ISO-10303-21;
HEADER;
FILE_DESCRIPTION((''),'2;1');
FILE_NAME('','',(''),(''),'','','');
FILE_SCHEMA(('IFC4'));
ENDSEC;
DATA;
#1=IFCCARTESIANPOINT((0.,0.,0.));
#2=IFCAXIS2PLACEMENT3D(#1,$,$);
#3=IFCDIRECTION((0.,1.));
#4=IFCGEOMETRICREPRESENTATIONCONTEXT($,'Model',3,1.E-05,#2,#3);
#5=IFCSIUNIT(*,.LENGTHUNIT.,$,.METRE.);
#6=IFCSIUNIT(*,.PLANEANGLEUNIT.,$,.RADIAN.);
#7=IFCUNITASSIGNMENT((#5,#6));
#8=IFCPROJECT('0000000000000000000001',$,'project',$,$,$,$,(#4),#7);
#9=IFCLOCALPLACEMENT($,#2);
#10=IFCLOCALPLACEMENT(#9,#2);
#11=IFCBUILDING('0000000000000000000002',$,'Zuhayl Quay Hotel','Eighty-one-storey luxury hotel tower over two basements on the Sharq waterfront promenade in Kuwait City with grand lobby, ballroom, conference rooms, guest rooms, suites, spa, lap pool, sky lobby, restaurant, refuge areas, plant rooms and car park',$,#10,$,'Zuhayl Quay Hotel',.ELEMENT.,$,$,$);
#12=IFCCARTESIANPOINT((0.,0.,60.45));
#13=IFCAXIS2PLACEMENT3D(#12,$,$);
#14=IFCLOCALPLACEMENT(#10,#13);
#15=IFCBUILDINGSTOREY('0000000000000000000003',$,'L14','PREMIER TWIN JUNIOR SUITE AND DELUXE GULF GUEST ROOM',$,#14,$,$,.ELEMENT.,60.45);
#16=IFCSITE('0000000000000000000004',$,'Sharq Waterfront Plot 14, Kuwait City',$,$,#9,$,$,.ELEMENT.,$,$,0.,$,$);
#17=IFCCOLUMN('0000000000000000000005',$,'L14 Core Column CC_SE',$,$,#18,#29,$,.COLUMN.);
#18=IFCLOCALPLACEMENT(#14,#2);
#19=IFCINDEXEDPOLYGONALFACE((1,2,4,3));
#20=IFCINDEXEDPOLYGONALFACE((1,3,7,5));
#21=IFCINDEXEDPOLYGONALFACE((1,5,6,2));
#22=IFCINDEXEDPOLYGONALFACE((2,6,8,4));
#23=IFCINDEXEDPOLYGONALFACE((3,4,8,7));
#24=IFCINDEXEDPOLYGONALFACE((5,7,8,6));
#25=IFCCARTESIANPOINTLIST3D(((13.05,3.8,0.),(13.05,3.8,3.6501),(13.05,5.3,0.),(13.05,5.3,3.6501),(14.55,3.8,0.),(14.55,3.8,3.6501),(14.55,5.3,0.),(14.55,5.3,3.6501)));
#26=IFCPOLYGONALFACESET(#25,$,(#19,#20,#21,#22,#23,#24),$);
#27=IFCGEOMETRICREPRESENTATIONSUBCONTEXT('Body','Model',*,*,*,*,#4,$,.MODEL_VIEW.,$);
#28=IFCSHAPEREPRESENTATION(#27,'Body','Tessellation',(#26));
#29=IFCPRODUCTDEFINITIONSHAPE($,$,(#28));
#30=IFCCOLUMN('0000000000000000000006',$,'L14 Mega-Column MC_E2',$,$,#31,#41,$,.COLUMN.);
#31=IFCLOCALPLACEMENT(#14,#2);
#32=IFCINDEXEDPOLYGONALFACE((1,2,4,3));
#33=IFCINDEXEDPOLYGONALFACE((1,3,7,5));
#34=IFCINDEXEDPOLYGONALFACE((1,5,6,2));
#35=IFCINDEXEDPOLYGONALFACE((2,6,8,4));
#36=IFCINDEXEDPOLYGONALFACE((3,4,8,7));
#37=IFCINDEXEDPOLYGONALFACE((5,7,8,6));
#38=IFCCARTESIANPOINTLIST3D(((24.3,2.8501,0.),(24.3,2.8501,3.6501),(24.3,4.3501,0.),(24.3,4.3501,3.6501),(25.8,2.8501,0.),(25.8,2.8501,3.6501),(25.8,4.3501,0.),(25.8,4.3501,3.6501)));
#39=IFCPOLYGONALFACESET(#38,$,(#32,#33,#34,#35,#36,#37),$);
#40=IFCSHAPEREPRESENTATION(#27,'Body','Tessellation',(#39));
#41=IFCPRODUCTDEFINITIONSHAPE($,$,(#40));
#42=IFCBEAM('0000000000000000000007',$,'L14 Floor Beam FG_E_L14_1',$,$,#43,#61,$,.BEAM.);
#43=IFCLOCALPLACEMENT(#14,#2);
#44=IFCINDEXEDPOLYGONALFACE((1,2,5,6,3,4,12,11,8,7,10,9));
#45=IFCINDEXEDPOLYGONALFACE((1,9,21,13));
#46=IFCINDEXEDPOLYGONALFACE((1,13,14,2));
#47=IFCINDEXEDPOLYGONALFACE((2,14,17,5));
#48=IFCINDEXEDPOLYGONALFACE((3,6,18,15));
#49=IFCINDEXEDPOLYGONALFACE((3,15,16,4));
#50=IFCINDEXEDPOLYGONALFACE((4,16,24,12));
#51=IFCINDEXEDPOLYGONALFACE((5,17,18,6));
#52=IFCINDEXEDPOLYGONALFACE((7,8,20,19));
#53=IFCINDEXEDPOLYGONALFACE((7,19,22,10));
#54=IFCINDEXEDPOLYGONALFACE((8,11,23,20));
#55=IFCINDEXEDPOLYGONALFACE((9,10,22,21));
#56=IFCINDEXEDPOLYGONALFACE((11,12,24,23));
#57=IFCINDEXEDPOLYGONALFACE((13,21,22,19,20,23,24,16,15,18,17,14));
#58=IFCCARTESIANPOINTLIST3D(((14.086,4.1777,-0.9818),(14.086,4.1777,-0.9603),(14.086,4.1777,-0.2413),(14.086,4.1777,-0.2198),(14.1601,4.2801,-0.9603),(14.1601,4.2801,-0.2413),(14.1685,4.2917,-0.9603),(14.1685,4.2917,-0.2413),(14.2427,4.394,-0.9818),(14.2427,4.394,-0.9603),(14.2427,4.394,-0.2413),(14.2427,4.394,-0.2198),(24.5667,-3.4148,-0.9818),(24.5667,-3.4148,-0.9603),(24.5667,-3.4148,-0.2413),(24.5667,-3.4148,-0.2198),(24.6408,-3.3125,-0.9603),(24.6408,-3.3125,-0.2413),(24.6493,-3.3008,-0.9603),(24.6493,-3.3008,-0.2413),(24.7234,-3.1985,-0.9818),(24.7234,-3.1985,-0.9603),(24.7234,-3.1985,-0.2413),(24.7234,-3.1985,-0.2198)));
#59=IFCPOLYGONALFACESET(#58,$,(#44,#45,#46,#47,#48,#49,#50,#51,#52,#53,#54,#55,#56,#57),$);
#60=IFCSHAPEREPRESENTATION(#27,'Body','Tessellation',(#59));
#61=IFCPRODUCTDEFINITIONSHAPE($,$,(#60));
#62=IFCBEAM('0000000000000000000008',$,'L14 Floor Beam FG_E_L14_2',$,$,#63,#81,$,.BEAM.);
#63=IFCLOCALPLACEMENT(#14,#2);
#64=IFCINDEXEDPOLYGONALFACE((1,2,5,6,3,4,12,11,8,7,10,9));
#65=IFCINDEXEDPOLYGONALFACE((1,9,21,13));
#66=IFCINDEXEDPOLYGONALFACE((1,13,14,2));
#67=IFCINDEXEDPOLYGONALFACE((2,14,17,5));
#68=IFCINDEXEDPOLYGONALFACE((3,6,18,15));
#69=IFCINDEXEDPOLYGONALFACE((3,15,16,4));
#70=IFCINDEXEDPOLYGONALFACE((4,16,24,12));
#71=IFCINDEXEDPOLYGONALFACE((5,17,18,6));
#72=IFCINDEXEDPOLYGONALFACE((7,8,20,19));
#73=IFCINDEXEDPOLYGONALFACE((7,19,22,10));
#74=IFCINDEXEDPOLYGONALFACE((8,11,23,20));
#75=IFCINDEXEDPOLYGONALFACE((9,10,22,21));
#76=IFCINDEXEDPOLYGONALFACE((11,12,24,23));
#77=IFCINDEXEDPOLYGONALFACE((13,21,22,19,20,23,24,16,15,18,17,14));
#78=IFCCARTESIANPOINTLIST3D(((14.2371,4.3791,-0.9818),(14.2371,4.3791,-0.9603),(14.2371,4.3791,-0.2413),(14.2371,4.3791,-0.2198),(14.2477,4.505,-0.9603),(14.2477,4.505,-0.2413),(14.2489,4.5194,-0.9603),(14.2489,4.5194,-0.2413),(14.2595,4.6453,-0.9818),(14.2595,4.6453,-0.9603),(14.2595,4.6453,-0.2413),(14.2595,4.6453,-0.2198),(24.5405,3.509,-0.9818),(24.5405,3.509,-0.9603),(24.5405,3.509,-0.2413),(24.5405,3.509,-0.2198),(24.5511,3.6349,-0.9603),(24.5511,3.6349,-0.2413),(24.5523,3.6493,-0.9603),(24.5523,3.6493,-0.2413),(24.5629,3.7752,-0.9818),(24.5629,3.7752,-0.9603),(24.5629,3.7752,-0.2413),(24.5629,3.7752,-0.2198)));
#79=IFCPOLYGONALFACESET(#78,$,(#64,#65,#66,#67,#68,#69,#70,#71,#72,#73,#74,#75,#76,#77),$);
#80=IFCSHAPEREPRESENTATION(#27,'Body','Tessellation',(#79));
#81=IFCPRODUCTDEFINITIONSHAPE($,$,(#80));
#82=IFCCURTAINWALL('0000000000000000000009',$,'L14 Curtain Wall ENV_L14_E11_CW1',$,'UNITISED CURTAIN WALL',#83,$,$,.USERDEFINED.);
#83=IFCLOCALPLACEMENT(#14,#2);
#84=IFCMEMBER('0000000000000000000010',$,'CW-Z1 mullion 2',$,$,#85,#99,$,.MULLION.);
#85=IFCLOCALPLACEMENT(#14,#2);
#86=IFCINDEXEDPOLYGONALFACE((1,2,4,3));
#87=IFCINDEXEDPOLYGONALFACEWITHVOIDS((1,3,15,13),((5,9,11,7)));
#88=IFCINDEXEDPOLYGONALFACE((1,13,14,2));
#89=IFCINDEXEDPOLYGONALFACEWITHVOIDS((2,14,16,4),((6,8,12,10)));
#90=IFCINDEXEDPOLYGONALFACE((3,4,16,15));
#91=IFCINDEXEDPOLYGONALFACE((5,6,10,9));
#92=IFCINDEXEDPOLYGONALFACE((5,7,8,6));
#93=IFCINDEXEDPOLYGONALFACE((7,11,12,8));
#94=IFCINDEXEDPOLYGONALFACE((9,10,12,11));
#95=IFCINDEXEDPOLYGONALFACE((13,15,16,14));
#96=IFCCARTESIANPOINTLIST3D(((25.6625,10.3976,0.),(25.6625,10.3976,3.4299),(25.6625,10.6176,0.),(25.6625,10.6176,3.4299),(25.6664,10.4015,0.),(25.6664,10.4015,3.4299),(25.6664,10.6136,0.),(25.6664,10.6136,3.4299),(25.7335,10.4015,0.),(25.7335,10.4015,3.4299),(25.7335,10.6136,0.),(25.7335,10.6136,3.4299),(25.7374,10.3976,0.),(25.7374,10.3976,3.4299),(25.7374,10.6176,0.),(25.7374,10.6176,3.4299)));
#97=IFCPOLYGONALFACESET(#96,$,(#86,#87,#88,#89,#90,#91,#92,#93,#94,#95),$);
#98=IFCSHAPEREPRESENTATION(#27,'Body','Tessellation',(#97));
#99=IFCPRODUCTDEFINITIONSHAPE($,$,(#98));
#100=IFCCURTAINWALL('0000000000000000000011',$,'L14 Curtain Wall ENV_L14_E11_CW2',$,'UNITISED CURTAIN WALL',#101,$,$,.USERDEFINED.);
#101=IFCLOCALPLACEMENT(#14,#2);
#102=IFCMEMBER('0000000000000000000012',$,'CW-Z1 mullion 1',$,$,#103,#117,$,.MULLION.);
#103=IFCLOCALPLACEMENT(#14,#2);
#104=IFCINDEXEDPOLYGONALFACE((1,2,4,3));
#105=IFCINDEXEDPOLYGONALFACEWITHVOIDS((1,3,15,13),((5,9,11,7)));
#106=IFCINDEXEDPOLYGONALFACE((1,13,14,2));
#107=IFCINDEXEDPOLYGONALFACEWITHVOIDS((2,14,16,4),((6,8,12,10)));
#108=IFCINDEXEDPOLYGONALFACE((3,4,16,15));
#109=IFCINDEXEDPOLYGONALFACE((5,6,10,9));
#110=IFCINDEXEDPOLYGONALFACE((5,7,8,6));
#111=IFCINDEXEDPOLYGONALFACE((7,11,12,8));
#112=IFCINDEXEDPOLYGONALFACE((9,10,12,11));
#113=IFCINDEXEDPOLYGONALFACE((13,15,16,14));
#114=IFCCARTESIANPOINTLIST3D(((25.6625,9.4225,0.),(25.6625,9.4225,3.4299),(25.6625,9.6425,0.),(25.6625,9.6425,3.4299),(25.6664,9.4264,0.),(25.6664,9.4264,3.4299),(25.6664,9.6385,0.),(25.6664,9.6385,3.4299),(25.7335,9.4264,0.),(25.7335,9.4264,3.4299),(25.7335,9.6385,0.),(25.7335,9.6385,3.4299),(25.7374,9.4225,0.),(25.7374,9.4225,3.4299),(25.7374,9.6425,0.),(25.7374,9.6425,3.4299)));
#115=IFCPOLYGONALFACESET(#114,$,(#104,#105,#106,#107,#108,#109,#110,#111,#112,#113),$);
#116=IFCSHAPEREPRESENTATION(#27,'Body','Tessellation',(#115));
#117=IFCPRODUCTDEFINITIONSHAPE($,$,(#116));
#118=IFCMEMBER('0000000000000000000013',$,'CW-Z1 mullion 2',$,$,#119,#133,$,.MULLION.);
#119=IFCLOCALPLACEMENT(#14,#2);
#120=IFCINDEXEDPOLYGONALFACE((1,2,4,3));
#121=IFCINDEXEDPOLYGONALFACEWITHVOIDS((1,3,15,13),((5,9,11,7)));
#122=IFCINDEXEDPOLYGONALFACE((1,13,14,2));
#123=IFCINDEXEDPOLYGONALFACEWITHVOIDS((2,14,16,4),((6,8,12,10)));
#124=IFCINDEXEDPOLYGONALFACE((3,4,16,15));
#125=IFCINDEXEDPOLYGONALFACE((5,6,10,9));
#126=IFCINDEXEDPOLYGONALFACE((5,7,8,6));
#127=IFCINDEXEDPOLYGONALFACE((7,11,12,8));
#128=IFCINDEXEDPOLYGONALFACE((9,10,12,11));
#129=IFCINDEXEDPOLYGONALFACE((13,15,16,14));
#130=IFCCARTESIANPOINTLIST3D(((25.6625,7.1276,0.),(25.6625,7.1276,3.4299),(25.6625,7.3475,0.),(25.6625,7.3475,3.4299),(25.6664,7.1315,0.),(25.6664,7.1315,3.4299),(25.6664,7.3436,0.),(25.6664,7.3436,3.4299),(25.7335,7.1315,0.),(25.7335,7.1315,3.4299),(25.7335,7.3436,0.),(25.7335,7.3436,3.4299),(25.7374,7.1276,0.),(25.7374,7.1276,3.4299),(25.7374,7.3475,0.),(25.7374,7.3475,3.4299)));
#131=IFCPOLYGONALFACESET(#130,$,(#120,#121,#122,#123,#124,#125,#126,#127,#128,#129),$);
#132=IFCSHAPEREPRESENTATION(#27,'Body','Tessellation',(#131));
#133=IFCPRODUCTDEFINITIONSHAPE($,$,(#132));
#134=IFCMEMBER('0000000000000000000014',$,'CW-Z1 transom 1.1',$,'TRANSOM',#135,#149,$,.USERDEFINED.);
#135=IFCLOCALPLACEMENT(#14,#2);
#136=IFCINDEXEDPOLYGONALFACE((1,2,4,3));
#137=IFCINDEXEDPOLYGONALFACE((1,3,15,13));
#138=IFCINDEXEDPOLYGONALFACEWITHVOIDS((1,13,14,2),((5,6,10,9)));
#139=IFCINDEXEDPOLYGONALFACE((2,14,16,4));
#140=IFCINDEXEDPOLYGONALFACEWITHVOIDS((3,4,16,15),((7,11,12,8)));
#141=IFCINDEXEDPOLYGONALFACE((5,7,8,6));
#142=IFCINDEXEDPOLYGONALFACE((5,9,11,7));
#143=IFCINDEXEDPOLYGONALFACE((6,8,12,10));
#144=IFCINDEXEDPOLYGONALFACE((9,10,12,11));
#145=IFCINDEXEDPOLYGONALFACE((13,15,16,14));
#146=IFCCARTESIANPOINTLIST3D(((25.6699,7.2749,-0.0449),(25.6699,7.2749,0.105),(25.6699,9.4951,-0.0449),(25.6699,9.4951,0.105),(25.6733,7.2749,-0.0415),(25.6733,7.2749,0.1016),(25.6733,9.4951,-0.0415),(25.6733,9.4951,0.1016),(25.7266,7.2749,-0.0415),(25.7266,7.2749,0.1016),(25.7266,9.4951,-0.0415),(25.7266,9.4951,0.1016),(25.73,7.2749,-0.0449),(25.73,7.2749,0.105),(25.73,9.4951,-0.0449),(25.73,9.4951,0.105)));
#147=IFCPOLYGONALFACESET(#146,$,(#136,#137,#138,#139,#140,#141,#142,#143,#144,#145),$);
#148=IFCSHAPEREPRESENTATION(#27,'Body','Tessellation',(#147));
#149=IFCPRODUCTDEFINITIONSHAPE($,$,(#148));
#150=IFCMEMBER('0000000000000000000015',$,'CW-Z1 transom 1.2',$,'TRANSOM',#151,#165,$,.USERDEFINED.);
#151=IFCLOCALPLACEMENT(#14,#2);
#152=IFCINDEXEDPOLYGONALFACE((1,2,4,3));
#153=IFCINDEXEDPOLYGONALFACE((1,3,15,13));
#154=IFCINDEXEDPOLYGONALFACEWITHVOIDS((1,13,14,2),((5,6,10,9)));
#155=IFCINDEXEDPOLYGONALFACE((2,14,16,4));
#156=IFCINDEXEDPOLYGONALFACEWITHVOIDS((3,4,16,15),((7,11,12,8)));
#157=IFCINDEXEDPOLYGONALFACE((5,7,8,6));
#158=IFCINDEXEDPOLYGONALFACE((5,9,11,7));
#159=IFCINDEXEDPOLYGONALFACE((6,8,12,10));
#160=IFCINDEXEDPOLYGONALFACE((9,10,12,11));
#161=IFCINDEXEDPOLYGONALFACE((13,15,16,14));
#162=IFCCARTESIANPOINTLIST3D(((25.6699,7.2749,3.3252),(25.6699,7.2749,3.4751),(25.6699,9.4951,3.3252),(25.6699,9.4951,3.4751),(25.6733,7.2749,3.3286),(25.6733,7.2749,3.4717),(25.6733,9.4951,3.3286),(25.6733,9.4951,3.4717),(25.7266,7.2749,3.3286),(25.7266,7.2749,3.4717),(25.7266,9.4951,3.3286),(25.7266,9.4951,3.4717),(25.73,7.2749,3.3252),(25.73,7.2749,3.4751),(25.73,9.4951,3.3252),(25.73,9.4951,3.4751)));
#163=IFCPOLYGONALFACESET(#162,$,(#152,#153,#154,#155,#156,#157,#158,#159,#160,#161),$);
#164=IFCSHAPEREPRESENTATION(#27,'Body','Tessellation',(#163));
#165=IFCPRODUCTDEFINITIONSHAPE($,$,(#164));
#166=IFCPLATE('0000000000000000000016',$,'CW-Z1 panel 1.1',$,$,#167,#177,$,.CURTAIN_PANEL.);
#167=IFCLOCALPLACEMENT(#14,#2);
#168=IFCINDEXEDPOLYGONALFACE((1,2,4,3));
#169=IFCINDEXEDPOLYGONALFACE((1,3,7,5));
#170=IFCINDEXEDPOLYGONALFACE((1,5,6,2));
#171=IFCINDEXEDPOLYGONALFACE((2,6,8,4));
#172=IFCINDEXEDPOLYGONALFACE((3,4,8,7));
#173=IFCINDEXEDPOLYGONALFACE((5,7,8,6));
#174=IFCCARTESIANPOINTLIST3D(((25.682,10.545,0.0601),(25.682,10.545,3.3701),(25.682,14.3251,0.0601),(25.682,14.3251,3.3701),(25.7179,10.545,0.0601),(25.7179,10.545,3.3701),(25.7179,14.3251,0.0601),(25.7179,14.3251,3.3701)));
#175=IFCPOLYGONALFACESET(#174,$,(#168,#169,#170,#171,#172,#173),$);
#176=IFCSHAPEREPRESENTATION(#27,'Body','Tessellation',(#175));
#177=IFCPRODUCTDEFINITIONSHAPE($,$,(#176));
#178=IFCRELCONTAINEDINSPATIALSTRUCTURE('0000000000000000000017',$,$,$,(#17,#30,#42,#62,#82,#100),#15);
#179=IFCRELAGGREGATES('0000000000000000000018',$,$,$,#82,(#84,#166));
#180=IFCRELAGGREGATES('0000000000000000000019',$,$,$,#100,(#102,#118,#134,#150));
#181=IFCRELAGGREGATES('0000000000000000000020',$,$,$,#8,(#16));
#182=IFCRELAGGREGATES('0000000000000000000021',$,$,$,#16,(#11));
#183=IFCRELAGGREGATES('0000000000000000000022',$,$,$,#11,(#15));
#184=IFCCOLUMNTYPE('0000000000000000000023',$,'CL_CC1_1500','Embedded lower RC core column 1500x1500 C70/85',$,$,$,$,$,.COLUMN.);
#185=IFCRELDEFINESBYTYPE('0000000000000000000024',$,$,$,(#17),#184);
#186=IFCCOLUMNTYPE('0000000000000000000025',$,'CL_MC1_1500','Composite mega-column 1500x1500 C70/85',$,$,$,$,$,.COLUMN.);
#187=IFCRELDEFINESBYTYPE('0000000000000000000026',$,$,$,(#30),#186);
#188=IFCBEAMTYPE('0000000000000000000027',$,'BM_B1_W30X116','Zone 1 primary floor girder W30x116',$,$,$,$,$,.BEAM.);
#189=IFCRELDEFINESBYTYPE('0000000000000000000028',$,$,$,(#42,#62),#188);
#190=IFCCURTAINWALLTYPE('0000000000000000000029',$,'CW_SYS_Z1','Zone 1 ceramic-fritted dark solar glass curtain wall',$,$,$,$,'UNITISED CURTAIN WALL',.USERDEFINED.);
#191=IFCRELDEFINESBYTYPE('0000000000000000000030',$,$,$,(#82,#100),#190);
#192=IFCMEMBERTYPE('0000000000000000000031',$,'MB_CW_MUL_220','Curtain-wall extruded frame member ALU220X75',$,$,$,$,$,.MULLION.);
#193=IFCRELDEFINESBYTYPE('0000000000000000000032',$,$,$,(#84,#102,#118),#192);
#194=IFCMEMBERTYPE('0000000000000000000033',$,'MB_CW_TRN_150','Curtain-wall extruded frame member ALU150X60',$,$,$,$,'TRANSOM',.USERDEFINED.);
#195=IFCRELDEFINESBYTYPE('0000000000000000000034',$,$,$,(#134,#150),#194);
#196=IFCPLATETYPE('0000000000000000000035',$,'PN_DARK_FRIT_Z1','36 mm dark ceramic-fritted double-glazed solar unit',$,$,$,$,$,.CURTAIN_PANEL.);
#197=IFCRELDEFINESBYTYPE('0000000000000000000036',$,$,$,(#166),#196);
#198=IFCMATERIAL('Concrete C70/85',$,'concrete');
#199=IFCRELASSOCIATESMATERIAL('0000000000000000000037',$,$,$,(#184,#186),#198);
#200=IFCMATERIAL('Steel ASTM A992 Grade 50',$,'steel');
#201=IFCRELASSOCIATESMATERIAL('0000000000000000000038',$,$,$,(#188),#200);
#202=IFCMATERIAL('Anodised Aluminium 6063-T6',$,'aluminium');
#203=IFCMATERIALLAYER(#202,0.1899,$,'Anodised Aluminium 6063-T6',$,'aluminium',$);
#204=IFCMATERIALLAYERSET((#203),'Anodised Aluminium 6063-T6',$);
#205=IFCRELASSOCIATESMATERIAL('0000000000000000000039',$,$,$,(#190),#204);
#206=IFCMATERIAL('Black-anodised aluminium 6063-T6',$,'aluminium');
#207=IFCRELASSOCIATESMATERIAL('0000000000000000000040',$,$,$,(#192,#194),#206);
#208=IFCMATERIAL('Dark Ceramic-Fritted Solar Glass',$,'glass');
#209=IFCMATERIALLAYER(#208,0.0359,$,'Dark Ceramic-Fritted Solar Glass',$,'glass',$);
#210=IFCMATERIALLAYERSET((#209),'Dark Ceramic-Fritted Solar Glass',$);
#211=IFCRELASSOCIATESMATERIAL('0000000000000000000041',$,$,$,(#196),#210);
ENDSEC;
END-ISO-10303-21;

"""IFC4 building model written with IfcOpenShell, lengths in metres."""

from ifc_helpers import new_model, si_unit, direction, frame, origin, origin_2d, place, context, subcontext, project, spatial, rectangle, hollow_rectangle, i_section, extrude, material, layer, layer_set, material_profile, profile_set, type_object, element, aggregate, save


model = new_model("IFC4")

# Units and contexts
model_context = context("Model", 3, precision=1e-05, world=origin(), true_north=direction((0.0, 1.0)))
body_context = subcontext(model_context, "Body", "Model", "MODEL_VIEW")
ifc_project = project(units=[si_unit("LENGTHUNIT", "METRE"), si_unit("PLANEANGLEUNIT", "RADIAN")], contexts=[model_context])

# Site, building, storey
site_placement = place(None, origin())
site = spatial("IfcSite", under=ifc_project, at=site_placement, Name="Sharq Waterfront Plot 14, Kuwait City", CompositionType="ELEMENT", RefElevation=0.0)
building_placement = place(site_placement, origin())
building = spatial("IfcBuilding", under=site, at=building_placement, Name="Zuhayl Quay Hotel", Description="Eighty-one-storey luxury hotel tower over two basements on the Sharq waterfront promenade in Kuwait City with grand lobby, ballroom, conference rooms, guest rooms, suites, spa, lap pool, sky lobby, restaurant, refuge areas, plant rooms and car park", LongName="Zuhayl Quay Hotel", CompositionType="ELEMENT")
storey_placement = place(building_placement, frame((0.0, 0.0, 60.45)))
storey = spatial("IfcBuildingStorey", under=building, at=storey_placement, Name="L14", Description="PREMIER TWIN JUNIOR SUITE AND DELUXE GULF GUEST ROOM", CompositionType="ELEMENT", Elevation=60.45)

# Columns
ifc_material_1 = material(Name="Concrete C70/85", Category="concrete")
ifc_material_profile_1 = material_profile(ifc_material_1, rectangle(XDim=1.5, YDim=1.5, at=origin_2d()), Name="RC1500X1500")
ifc_profile_set_1 = profile_set([ifc_material_profile_1], Name="Concrete C70/85")
column_type_1 = type_object("IfcColumnType", Name="CL_CC1_1500", Description="Embedded lower RC core column 1500x1500 C70/85", PredefinedType="COLUMN", material=ifc_profile_set_1)
column_1_placement = place(storey_placement, frame((13.8, 4.55, 0.0), z_axis=(0.0, 0.0, 1.0), x_axis=(1.0, 0.0, 0.0)))
element("IfcColumn", 1, at=column_1_placement, inside=storey, type_object=column_type_1, Name="L14 Core Column CC_SE", PredefinedType="COLUMN", context=body_context, shape_type="SweptSolid", body=[
    extrude(rectangle(XDim=1.5, YDim=1.5, at=origin_2d()), origin(), (0.0, 0.0, 1.0), 3.6501),
])
ifc_material_profile_2 = material_profile(ifc_material_1, rectangle(XDim=1.5, YDim=1.5, at=origin_2d()), Name="RC1500X1500")
ifc_profile_set_2 = profile_set([ifc_material_profile_2], Name="Concrete C70/85")
column_type_2 = type_object("IfcColumnType", Name="CL_MC1_1500", Description="Composite mega-column 1500x1500 C70/85", PredefinedType="COLUMN", material=ifc_profile_set_2)
column_2_placement = place(storey_placement, frame((25.05, 3.6001, 0.0), z_axis=(0.0, 0.0, 1.0), x_axis=(1.0, 0.0, 0.0)))
element("IfcColumn", 2, at=column_2_placement, inside=storey, type_object=column_type_2, Name="L14 Mega-Column MC_E2", PredefinedType="COLUMN", context=body_context, shape_type="SweptSolid", body=[
    extrude(rectangle(XDim=1.5, YDim=1.5, at=origin_2d()), origin(), (0.0, 0.0, 1.0), 3.6501),
])

# Beams
ifc_material_2 = material(Name="Steel ASTM A992 Grade 50", Category="steel")
ifc_material_profile_3 = material_profile(ifc_material_2, i_section(OverallWidth=0.2671, OverallDepth=0.762, WebThickness=0.0144, FlangeThickness=0.0215, at=origin_2d()), Name="W30X116")
ifc_profile_set_3 = profile_set([ifc_material_profile_3], Name="Steel ASTM A992 Grade 50")
beam_type = type_object("IfcBeamType", Name="BM_B1_W30X116", Description="Zone 1 primary floor girder W30x116", PredefinedType="BEAM", material=ifc_profile_set_3)
beam_1_placement = place(storey_placement, frame((14.1643, 4.2859, -0.6008), z_axis=(0.80983, -0.586664, 0.0), x_axis=(0.586664, 0.80983, 0.0)))
element("IfcBeam", 3, at=beam_1_placement, inside=storey, type_object=beam_type, Name="L14 Floor Beam FG_E_L14_1", PredefinedType="BEAM", context=body_context, shape_type="SweptSolid", body=[
    extrude(i_section(OverallWidth=0.2671, OverallDepth=0.762, WebThickness=0.0144, FlangeThickness=0.0215, at=origin_2d()), origin(), (0.0, 0.0, 1.0), 12.9419),
])
beam_2_placement = place(storey_placement, frame((14.2483, 4.5122, -0.6008), z_axis=(0.996453, -0.084149, 0.0), x_axis=(0.084149, 0.996453, 0.0)))
element("IfcBeam", 4, at=beam_2_placement, inside=storey, type_object=beam_type, Name="L14 Floor Beam FG_E_L14_2", PredefinedType="BEAM", context=body_context, shape_type="SweptSolid", body=[
    extrude(i_section(OverallWidth=0.2671, OverallDepth=0.762, WebThickness=0.0144, FlangeThickness=0.0215, at=origin_2d()), origin(), (0.0, 0.0, 1.0), 10.3401),
])

# Curtain wall, member
ifc_material_3 = material(Name="Anodised Aluminium 6063-T6", Category="aluminium")
ifc_layer_1 = layer(ifc_material_3, 0.1899, Name="Anodised Aluminium 6063-T6", Category="aluminium")
ifc_layer_set_1 = layer_set([ifc_layer_1], Name="Anodised Aluminium 6063-T6")
curtain_wall_type = type_object("IfcCurtainWallType", Name="CW_SYS_Z1", Description="Zone 1 ceramic-fritted dark solar glass curtain wall", ElementType="UNITISED CURTAIN WALL", PredefinedType="USERDEFINED", material=ifc_layer_set_1)
curtain_wall_1_placement = place(storey_placement, origin())
curtain_wall_1 = element("IfcCurtainWall", 5, at=curtain_wall_1_placement, inside=storey, type_object=curtain_wall_type, Name="L14 Curtain Wall ENV_L14_E11_CW1", ObjectType="UNITISED CURTAIN WALL", PredefinedType="USERDEFINED")
ifc_material_4 = material(Name="Black-anodised aluminium 6063-T6", Category="aluminium")
ifc_material_profile_4 = material_profile(ifc_material_4, hollow_rectangle(XDim=0.075, YDim=0.22, WallThickness=0.0039, at=origin_2d()), Name="ALU220X75")
ifc_profile_set_4 = profile_set([ifc_material_profile_4], Name="Black-anodised aluminium 6063-T6")
member_type_1 = type_object("IfcMemberType", Name="MB_CW_MUL_220", Description="Curtain-wall extruded frame member ALU220X75", PredefinedType="MULLION", material=ifc_profile_set_4)
member_1_placement = place(storey_placement, frame((25.7, 10.5076, 0.0), z_axis=(0.0, 0.0, 1.0), x_axis=(1.0, 0.0, 0.0)))
member_1 = element("IfcMember", 6, at=member_1_placement, type_object=member_type_1, Name="CW-Z1 mullion 2", PredefinedType="MULLION", context=body_context, shape_type="SweptSolid", body=[
    extrude(hollow_rectangle(XDim=0.075, YDim=0.22, WallThickness=0.0039, at=origin_2d()), origin(), (0.0, 0.0, 1.0), 3.4299),
])

# Curtain wall, members
curtain_wall_2_placement = place(storey_placement, origin())
curtain_wall_2 = element("IfcCurtainWall", 7, at=curtain_wall_2_placement, inside=storey, type_object=curtain_wall_type, Name="L14 Curtain Wall ENV_L14_E11_CW2", ObjectType="UNITISED CURTAIN WALL", PredefinedType="USERDEFINED")
member_2_placement = place(storey_placement, frame((25.7, 9.5325, 0.0), z_axis=(0.0, 0.0, 1.0), x_axis=(1.0, 0.0, 0.0)))
member_2 = element("IfcMember", 8, at=member_2_placement, type_object=member_type_1, Name="CW-Z1 mullion 1", PredefinedType="MULLION", context=body_context, shape_type="SweptSolid", body=[
    extrude(hollow_rectangle(XDim=0.075, YDim=0.22, WallThickness=0.0039, at=origin_2d()), origin(), (0.0, 0.0, 1.0), 3.4299),
])
member_3_placement = place(storey_placement, frame((25.7, 7.2375, 0.0), z_axis=(0.0, 0.0, 1.0), x_axis=(1.0, 0.0, 0.0)))
member_3 = element("IfcMember", 9, at=member_3_placement, type_object=member_type_1, Name="CW-Z1 mullion 2", PredefinedType="MULLION", context=body_context, shape_type="SweptSolid", body=[
    extrude(hollow_rectangle(XDim=0.075, YDim=0.22, WallThickness=0.0039, at=origin_2d()), origin(), (0.0, 0.0, 1.0), 3.4299),
])
ifc_material_profile_5 = material_profile(ifc_material_4, hollow_rectangle(XDim=0.0601, YDim=0.1499, WallThickness=0.0034, at=origin_2d()), Name="ALU150X60")
ifc_profile_set_5 = profile_set([ifc_material_profile_5], Name="Black-anodised aluminium 6063-T6")
member_type_2 = type_object("IfcMemberType", Name="MB_CW_TRN_150", Description="Curtain-wall extruded frame member ALU150X60", ElementType="TRANSOM", PredefinedType="USERDEFINED", material=ifc_profile_set_5)
member_4_placement = place(storey_placement, frame((25.7, 9.4951, 0.03), z_axis=(0.0, -1.0, 0.0), x_axis=(1.0, 0.0, 0.0)))
member_4 = element("IfcMember", 10, at=member_4_placement, type_object=member_type_2, Name="CW-Z1 transom 1.1", ObjectType="TRANSOM", PredefinedType="USERDEFINED", context=body_context, shape_type="SweptSolid", body=[
    extrude(hollow_rectangle(XDim=0.0601, YDim=0.1499, WallThickness=0.0034, at=origin_2d()), origin(), (0.0, 0.0, 1.0), 2.2202),
])
member_5_placement = place(storey_placement, frame((25.7, 9.4951, 3.4001), z_axis=(0.0, -1.0, 0.0), x_axis=(1.0, 0.0, 0.0)))
member_5 = element("IfcMember", 11, at=member_5_placement, type_object=member_type_2, Name="CW-Z1 transom 1.2", ObjectType="TRANSOM", PredefinedType="USERDEFINED", context=body_context, shape_type="SweptSolid", body=[
    extrude(hollow_rectangle(XDim=0.0601, YDim=0.1499, WallThickness=0.0034, at=origin_2d()), origin(), (0.0, 0.0, 1.0), 2.2202),
])

# Plate
ifc_material_5 = material(Name="Dark Ceramic-Fritted Solar Glass", Category="glass")
ifc_layer_2 = layer(ifc_material_5, 0.0359, Name="Dark Ceramic-Fritted Solar Glass", Category="glass")
ifc_layer_set_2 = layer_set([ifc_layer_2], Name="Dark Ceramic-Fritted Solar Glass")
plate_type = type_object("IfcPlateType", Name="PN_DARK_FRIT_Z1", Description="36 mm dark ceramic-fritted double-glazed solar unit", PredefinedType="CURTAIN_PANEL", material=ifc_layer_set_2)
plate_1_placement = place(storey_placement, frame((25.7, 12.4351, 0.0601), z_axis=(0.0, 0.0, 1.0), x_axis=(0.0, -1.0, 0.0)))
plate_1 = element("IfcPlate", 12, at=plate_1_placement, type_object=plate_type, Name="CW-Z1 panel 1.1", PredefinedType="CURTAIN_PANEL", context=body_context, shape_type="SweptSolid", body=[
    extrude(rectangle(XDim=3.78, YDim=0.0359, at=origin_2d()), origin(), (0.0, 0.0, 1.0), 3.3101),
])
aggregate(curtain_wall_1, [member_1, plate_1])
aggregate(curtain_wall_2, [member_2, member_3, member_4, member_5])

save(model, "model.ifc")
